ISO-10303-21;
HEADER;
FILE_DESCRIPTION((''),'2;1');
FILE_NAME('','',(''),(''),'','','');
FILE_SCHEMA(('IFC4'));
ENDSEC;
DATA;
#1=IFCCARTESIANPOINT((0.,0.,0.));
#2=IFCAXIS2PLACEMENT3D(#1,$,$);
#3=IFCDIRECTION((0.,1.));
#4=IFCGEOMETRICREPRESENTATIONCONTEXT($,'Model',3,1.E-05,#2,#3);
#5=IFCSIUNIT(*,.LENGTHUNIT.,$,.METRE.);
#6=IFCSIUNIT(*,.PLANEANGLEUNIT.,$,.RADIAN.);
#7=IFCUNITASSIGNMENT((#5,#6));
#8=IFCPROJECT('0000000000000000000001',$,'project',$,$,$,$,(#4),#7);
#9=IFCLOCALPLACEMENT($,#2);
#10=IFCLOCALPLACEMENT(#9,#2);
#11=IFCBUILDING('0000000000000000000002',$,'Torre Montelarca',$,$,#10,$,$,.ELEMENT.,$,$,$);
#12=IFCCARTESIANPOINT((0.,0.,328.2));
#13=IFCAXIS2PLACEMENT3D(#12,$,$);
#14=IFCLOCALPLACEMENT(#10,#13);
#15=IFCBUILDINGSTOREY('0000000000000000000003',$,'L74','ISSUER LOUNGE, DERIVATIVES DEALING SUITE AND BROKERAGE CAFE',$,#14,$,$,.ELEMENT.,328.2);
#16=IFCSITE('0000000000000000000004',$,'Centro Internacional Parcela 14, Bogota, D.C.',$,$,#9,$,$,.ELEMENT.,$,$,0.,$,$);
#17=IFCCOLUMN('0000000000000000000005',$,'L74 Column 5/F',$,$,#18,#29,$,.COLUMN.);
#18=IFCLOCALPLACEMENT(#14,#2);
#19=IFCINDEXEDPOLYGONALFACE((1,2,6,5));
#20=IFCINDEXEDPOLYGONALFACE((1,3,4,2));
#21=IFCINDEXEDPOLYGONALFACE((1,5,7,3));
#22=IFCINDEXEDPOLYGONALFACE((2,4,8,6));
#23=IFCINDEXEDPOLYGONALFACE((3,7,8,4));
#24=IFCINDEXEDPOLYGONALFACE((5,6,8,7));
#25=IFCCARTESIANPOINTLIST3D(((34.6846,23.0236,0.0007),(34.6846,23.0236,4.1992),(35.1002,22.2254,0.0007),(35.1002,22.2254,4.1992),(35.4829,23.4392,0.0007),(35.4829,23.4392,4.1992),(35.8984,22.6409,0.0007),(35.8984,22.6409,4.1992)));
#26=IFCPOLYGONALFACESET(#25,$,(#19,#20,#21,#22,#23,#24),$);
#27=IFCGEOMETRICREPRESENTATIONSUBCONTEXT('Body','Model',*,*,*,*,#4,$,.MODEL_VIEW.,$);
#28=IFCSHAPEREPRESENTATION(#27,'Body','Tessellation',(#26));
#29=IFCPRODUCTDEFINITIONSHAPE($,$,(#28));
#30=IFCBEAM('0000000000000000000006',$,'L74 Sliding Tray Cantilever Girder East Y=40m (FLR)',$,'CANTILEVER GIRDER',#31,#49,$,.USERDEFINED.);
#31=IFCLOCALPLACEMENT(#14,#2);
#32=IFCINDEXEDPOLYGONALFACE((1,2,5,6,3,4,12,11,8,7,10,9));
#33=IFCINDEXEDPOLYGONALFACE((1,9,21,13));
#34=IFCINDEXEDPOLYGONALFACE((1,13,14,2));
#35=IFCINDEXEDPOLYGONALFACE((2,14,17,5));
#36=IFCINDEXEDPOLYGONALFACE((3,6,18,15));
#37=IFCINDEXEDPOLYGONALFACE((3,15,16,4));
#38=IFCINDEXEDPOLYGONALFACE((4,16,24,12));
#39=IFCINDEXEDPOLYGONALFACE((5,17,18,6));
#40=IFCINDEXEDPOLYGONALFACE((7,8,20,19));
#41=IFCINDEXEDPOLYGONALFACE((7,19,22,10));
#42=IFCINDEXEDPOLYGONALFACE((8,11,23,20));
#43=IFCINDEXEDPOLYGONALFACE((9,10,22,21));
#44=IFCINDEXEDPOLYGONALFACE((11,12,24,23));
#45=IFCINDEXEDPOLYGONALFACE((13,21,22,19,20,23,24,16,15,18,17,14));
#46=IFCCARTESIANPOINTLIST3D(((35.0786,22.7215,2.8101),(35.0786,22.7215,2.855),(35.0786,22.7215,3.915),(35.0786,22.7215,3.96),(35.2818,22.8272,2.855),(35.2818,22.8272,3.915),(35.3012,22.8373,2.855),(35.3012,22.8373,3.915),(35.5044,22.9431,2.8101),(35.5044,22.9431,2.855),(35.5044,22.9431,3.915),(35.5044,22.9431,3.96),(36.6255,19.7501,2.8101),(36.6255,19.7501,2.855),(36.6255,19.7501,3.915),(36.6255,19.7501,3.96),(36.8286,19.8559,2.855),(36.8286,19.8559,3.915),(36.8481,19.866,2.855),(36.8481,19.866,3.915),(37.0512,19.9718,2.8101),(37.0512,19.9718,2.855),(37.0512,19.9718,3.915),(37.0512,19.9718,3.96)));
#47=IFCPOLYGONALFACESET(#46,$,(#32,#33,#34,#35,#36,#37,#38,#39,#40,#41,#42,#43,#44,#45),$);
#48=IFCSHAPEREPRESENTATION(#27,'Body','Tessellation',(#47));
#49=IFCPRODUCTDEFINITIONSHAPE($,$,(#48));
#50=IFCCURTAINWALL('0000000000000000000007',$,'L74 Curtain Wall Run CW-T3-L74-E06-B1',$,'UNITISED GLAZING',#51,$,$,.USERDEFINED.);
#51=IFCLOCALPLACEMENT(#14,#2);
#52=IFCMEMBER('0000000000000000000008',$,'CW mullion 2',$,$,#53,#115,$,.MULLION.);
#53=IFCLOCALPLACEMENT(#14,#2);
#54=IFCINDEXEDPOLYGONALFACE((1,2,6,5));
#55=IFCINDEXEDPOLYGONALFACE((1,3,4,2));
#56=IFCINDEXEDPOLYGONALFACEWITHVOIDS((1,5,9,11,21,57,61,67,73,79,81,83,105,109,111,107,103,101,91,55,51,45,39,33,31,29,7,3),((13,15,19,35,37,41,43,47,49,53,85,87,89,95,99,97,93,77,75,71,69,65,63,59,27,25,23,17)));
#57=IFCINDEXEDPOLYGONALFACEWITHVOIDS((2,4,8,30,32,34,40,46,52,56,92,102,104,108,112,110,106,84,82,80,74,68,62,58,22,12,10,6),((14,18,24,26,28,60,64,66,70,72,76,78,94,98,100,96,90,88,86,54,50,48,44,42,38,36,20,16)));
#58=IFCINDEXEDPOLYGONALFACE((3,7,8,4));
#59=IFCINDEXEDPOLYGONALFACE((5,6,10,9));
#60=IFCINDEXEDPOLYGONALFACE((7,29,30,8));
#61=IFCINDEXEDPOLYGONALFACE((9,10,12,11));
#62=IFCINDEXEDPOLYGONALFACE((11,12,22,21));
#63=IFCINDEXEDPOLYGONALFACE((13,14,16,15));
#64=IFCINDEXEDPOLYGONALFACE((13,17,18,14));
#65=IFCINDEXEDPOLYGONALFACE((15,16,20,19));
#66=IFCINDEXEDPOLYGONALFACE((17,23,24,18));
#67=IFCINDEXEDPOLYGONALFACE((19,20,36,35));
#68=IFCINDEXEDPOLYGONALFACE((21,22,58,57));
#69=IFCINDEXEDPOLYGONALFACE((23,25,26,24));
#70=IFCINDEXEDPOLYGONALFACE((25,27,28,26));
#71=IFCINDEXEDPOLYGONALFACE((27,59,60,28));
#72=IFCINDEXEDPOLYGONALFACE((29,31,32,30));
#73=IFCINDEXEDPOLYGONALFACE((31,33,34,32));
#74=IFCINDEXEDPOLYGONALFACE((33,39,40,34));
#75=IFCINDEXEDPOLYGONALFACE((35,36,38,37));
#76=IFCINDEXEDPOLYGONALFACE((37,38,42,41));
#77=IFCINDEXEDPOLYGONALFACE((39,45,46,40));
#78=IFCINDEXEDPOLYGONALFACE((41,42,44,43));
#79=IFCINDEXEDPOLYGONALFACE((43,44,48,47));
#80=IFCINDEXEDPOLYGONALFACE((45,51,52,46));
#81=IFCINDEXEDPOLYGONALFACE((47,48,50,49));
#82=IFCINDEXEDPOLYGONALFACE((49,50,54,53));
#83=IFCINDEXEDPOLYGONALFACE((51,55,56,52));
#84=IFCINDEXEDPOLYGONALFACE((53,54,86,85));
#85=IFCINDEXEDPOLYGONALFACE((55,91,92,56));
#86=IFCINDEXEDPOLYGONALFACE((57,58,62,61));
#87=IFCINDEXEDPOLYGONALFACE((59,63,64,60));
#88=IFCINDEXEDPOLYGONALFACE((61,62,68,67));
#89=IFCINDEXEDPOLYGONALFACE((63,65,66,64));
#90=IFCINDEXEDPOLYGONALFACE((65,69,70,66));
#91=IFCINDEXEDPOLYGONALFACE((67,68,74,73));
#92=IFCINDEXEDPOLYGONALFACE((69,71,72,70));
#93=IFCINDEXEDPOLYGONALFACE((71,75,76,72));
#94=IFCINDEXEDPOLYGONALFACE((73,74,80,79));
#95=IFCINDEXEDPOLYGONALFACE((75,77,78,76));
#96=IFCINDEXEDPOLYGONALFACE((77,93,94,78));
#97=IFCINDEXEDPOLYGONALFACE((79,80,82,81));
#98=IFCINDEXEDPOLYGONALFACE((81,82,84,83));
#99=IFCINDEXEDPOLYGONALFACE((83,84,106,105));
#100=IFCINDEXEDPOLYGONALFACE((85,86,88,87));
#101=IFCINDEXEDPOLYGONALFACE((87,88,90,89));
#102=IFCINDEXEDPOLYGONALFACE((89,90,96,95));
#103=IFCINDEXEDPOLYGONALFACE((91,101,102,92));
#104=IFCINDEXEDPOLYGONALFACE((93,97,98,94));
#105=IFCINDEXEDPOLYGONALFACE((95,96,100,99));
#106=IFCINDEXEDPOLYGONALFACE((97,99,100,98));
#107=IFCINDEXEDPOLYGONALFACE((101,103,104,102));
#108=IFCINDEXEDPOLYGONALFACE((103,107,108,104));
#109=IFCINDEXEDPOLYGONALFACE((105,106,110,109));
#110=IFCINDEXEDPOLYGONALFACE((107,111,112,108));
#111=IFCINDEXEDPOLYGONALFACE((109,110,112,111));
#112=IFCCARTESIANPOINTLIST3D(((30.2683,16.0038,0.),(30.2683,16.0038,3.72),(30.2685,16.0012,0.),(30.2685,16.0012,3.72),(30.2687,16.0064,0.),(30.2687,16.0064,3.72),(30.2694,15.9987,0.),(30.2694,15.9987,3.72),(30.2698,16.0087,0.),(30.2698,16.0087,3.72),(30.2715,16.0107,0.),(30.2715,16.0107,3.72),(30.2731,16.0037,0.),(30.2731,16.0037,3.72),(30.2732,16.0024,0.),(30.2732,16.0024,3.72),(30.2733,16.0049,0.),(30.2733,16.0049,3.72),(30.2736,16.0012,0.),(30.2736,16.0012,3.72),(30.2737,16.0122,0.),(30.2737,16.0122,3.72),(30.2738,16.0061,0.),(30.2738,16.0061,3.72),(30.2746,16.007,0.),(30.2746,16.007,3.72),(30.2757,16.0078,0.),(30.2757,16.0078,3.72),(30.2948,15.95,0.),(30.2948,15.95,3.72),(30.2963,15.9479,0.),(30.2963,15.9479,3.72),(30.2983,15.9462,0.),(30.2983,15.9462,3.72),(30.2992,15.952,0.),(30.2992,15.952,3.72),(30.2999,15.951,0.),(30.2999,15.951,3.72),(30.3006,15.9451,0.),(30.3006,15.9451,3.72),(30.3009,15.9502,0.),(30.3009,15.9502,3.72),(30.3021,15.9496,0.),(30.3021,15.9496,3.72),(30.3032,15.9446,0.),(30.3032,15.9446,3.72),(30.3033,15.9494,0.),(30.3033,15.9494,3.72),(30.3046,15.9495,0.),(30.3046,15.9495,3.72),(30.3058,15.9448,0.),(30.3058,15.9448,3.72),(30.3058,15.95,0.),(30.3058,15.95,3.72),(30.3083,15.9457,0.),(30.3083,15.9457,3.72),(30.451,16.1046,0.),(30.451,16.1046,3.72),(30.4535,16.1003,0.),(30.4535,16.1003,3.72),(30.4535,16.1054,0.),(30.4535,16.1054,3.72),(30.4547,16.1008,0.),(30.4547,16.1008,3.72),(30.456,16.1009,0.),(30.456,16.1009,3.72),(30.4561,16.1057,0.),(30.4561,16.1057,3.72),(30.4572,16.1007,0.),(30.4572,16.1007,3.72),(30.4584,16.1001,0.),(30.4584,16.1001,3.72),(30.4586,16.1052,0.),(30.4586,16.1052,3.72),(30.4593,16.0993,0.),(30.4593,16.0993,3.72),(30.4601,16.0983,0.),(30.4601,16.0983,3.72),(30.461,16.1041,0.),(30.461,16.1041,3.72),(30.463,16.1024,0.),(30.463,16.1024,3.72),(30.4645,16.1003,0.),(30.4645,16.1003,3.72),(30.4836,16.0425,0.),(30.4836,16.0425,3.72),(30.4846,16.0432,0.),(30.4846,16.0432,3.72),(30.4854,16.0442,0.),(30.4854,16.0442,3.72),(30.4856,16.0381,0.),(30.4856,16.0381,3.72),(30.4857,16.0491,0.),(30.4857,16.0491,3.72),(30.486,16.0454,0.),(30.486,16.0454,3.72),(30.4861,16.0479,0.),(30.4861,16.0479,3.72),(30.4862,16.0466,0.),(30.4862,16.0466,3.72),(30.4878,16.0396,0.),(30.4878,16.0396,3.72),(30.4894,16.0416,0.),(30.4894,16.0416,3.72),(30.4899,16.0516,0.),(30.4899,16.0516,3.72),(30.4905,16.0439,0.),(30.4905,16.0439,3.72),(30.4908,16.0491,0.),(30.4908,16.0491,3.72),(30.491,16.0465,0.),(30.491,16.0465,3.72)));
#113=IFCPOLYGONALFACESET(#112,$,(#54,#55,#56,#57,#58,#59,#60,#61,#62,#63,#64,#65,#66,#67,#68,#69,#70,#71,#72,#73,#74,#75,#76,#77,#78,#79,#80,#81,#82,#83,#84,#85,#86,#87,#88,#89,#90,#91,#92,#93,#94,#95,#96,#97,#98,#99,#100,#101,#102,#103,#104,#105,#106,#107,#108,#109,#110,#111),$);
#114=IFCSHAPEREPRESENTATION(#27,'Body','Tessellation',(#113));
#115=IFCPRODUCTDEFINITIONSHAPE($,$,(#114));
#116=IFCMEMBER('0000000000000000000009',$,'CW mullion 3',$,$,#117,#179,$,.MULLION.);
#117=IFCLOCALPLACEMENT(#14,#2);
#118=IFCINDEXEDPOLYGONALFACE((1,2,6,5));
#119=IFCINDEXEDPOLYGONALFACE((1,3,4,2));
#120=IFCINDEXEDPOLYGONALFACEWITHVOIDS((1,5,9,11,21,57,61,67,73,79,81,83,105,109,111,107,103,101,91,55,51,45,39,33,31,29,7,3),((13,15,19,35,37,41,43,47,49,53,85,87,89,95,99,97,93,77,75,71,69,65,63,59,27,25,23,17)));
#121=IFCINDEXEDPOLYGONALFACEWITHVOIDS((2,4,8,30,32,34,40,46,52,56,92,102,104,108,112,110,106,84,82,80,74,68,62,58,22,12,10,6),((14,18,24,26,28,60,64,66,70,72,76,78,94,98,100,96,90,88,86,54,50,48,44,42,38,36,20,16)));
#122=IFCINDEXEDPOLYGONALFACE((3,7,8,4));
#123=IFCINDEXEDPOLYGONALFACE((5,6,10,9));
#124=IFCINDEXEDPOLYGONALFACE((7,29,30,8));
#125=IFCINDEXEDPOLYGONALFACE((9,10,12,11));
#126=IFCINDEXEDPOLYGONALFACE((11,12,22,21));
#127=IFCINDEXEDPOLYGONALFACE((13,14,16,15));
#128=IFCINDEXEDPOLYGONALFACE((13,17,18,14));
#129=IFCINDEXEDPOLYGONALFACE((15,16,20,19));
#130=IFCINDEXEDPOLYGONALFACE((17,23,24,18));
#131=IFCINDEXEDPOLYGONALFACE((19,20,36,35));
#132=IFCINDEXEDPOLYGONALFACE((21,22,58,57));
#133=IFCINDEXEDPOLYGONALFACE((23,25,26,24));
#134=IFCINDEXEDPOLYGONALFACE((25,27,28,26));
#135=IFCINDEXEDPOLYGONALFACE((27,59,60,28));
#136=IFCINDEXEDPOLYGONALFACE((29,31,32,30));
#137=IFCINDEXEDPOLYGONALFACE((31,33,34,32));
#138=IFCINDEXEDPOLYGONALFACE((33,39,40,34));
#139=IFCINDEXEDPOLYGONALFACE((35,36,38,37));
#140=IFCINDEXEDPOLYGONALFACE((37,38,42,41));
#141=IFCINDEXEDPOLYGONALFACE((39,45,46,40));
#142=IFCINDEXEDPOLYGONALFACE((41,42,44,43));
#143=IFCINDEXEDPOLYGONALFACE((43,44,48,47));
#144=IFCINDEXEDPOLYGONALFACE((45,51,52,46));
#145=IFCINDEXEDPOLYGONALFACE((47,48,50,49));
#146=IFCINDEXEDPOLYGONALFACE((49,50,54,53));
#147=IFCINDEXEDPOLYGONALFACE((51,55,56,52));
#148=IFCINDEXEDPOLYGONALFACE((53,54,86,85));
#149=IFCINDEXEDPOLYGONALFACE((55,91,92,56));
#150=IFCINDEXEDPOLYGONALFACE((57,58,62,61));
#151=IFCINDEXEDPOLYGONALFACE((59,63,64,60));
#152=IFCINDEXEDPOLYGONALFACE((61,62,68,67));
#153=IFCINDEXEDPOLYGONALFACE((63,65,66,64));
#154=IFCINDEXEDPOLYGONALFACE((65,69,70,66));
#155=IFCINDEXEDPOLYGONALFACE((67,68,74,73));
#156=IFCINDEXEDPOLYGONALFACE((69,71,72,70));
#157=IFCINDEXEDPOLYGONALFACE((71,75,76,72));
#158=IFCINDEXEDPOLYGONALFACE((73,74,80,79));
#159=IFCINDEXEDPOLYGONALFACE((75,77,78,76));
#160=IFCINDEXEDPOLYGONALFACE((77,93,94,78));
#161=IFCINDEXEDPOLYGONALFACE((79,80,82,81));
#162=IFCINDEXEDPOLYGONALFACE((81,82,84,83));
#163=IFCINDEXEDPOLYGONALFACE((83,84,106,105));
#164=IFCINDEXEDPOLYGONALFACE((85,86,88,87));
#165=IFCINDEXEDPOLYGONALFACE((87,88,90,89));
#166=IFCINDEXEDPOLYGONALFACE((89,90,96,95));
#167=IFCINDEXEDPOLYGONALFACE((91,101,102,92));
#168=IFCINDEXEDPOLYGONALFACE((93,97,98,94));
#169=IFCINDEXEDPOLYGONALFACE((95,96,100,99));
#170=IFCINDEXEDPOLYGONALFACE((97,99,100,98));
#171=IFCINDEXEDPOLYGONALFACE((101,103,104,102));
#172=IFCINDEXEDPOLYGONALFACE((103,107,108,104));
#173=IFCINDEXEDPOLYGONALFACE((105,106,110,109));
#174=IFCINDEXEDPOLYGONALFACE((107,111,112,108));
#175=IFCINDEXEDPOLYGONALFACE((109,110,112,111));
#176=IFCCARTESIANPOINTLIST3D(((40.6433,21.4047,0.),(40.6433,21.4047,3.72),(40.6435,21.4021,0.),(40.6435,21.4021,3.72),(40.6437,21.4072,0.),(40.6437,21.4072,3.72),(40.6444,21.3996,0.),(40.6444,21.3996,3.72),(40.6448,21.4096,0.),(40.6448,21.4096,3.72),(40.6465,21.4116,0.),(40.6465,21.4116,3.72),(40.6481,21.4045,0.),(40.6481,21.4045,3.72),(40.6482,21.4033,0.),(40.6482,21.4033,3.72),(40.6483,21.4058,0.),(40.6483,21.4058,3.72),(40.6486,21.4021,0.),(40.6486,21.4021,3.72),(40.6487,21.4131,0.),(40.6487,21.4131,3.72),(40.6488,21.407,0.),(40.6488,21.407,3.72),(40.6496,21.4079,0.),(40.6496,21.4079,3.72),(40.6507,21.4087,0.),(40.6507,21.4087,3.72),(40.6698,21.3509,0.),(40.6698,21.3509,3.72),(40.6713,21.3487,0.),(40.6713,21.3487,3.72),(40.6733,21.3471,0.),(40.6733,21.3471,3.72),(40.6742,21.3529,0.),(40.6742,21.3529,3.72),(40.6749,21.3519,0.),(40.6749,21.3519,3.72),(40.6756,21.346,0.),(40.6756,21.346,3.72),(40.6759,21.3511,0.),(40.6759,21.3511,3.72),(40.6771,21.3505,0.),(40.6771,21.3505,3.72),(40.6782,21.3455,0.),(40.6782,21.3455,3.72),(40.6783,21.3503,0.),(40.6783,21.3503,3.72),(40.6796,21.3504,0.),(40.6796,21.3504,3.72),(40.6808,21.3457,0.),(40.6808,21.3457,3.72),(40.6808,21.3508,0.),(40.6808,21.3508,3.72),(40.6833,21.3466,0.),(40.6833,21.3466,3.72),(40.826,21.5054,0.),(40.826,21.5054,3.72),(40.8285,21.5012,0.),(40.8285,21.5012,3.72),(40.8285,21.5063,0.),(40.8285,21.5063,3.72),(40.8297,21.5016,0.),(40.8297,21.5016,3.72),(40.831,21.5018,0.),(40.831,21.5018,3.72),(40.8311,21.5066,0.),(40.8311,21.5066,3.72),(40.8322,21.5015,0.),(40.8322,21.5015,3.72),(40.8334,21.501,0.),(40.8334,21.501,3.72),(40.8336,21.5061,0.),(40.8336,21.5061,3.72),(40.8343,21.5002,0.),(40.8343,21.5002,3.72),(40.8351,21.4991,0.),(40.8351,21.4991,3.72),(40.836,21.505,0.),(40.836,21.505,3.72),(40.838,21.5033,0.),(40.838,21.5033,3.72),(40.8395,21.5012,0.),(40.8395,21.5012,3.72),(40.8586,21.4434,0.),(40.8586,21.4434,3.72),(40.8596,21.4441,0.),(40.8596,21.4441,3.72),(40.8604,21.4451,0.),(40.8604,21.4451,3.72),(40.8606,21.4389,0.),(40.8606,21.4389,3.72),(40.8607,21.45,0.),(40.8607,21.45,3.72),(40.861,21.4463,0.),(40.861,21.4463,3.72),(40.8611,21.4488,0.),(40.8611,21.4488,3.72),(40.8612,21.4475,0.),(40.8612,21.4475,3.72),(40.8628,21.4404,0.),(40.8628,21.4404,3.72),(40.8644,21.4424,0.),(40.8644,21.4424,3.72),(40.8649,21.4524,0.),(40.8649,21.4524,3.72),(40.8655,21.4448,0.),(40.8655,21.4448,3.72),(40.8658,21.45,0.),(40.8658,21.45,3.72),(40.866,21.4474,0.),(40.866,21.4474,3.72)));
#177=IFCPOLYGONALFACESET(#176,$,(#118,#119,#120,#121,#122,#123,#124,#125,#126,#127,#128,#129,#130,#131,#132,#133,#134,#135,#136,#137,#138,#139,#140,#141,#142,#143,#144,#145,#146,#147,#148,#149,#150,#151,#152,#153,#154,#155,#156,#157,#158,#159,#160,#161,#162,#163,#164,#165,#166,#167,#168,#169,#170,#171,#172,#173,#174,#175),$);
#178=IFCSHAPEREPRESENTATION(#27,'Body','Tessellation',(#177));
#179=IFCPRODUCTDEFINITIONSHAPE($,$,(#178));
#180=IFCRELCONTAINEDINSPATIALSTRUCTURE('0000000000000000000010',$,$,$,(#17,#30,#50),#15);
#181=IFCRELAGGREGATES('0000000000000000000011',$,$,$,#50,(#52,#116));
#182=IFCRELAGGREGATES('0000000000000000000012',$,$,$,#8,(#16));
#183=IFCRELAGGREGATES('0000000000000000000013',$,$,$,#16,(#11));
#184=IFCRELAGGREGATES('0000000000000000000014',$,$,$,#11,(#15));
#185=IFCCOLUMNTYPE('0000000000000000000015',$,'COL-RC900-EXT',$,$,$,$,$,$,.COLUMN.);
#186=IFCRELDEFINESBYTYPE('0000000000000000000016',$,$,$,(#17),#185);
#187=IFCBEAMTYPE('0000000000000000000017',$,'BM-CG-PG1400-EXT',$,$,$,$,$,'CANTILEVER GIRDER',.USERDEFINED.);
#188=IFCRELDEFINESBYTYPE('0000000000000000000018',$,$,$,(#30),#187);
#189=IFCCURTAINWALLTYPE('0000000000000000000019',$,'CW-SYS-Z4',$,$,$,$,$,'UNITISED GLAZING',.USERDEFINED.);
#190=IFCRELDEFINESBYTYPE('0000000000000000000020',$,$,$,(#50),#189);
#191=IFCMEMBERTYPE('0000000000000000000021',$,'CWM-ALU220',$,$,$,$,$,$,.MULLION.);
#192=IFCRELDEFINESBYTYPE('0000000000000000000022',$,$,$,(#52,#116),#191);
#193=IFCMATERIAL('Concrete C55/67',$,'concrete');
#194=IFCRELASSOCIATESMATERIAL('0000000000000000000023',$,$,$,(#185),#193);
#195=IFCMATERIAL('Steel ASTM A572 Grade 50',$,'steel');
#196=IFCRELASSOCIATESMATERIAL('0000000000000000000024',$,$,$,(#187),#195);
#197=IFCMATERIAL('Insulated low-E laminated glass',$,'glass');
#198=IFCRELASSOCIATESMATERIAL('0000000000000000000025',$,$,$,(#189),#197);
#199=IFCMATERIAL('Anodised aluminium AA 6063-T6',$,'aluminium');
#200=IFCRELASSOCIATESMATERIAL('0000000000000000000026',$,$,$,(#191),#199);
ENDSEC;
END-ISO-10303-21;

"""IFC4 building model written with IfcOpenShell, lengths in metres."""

from ifc_helpers import new_model, si_unit, direction, frame, origin, origin_2d, place, context, subcontext, project, spatial, rectangle, hollow_rectangle, i_section, extrude, source, transform, mapped, material, material_profile, profile_set, type_object, element, aggregate, save


model = new_model("IFC4")

# Units and contexts
model_context = context("Model", 3, precision=1e-05, world=origin(), true_north=direction((0.0, 1.0)))
body_context = subcontext(model_context, "Body", "Model", "MODEL_VIEW")
ifc_project = project(units=[si_unit("LENGTHUNIT", "METRE"), si_unit("PLANEANGLEUNIT", "RADIAN")], contexts=[model_context])

# Site, building, storey
site_placement = place(None, origin())
site = spatial("IfcSite", under=ifc_project, at=site_placement, Name="Centro Internacional Parcela 14, Bogota, D.C.", CompositionType="ELEMENT", RefElevation=0.0)
building_placement = place(site_placement, origin())
building = spatial("IfcBuilding", under=site, at=building_placement, Name="Torre Montelarca", CompositionType="ELEMENT")
storey_placement = place(building_placement, frame((0.0, 0.0, 328.2)))
storey = spatial("IfcBuildingStorey", under=building, at=storey_placement, Name="L74", Description="ISSUER LOUNGE, DERIVATIVES DEALING SUITE AND BROKERAGE CAFE", CompositionType="ELEMENT", Elevation=328.2)

# Column
ifc_material_1 = material(Name="Concrete C55/67", Category="concrete")
ifc_material_profile_1 = material_profile(ifc_material_1, rectangle(XDim=0.8999, YDim=0.8999, at=origin_2d()), Name="RC900X900", Category="concrete")
ifc_profile_set_1 = profile_set([ifc_material_profile_1], Name="Concrete C55/67")
column_type = type_object("IfcColumnType", Name="COL-RC900-EXT", PredefinedType="COLUMN", material=ifc_profile_set_1)
shared_shape_1 = source(origin(), body_context, "Body", "SweptSolid", [
    extrude(rectangle(XDim=0.8999, YDim=0.8999, at=origin_2d()), origin(), (0.0, 0.0, 1.0), 4.1985),
])
column_placement = place(storey_placement, frame((35.2915, 22.8323, 0.0007), z_axis=(0.0, 0.0, 1.0), x_axis=(-0.461749, 0.887011, 0.0)))
element("IfcColumn", 1, at=column_placement, inside=storey, type_object=column_type, Name="L74 Column 5/F", PredefinedType="COLUMN", context=body_context, shape_type="MappedRepresentation", body=[
    mapped(shared_shape_1, transform((0.0, 0.0, 0.0), scale=1.0)),
])

# Beam
ifc_material_2 = material(Name="Steel ASTM A572 Grade 50", Category="steel")
ifc_material_profile_2 = material_profile(ifc_material_2, i_section(OverallWidth=0.48, OverallDepth=1.1499, WebThickness=0.022, FlangeThickness=0.0449, at=origin_2d()), Name="PG1150X480X22X45", Category="steel")
ifc_profile_set_2 = profile_set([ifc_material_profile_2], Name="Steel ASTM A572 Grade 50")
beam_type = type_object("IfcBeamType", Name="BM-CG-PG1400-EXT", ElementType="CANTILEVER GIRDER", PredefinedType="USERDEFINED", material=ifc_profile_set_2)
shared_shape_2 = source(origin(), body_context, "Body", "SweptSolid", [
    extrude(i_section(OverallWidth=0.48, OverallDepth=1.1499, WebThickness=0.022, FlangeThickness=0.0449, at=origin_2d()), origin(), (0.0, 0.0, 1.0), 3.3499),
])
beam_placement = place(storey_placement, frame((35.2915, 22.8323, 3.385), z_axis=(0.461759, -0.887006, 0.0), x_axis=(0.887006, 0.461759, 0.0)))
element("IfcBeam", 2, at=beam_placement, inside=storey, type_object=beam_type, Name="L74 Sliding Tray Cantilever Girder East Y=40m (FLR)", ObjectType="CANTILEVER GIRDER", PredefinedType="USERDEFINED", context=body_context, shape_type="MappedRepresentation", body=[
    mapped(shared_shape_2, transform((0.0, 0.0, 0.0), scale=1.0)),
])

# Curtain wall, members
ifc_material_3 = material(Name="Insulated low-E laminated glass", Category="glass")
curtain_wall_type = type_object("IfcCurtainWallType", Name="CW-SYS-Z4", ElementType="UNITISED GLAZING", PredefinedType="USERDEFINED", material=ifc_material_3)
curtain_wall_1_placement = place(storey_placement, origin())
curtain_wall_1 = element("IfcCurtainWall", 3, at=curtain_wall_1_placement, inside=storey, type_object=curtain_wall_type, Name="L74 Curtain Wall Run CW-T3-L74-E06-B1", ObjectType="UNITISED GLAZING", PredefinedType="USERDEFINED")
ifc_material_4 = material(Name="Anodised aluminium AA 6063-T6", Category="aluminium")
ifc_material_profile_3 = material_profile(ifc_material_4, hollow_rectangle(XDim=0.075, YDim=0.22, WallThickness=0.0049, InnerFilletRadius=0.0049, OuterFilletRadius=0.01, at=origin_2d()), Name="ALU75X220X5", Category="aluminium")
ifc_profile_set_3 = profile_set([ifc_material_profile_3], Name="Anodised aluminium AA 6063-T6")
member_type_1 = type_object("IfcMemberType", Name="CWM-ALU220", PredefinedType="MULLION", material=ifc_profile_set_3)
shared_shape_3 = source(origin(), body_context, "Body", "SweptSolid", [
    extrude(hollow_rectangle(XDim=0.075, YDim=0.22, WallThickness=0.0049, InnerFilletRadius=0.0049, OuterFilletRadius=0.01, at=origin_2d()), origin(), (0.0, 0.0, 1.0), 3.72),
])
member_1_placement = place(storey_placement, frame((30.3796, 16.0251, 0.0), z_axis=(0.0, 0.0, 1.0), x_axis=(-0.461746, 0.887012, 0.0)))
member_1 = element("IfcMember", 4, at=member_1_placement, type_object=member_type_1, Name="CW mullion 2", PredefinedType="MULLION", context=body_context, shape_type="MappedRepresentation", body=[
    mapped(shared_shape_3, transform((0.0, 0.0, 0.0), scale=1.0)),
])
member_2_placement = place(storey_placement, frame((40.7546, 21.426, 0.0), z_axis=(0.0, 0.0, 1.0), x_axis=(-0.461746, 0.887012, 0.0)))
member_2 = element("IfcMember", 5, at=member_2_placement, type_object=member_type_1, Name="CW mullion 3", PredefinedType="MULLION", context=body_context, shape_type="MappedRepresentation", body=[
    mapped(shared_shape_3, transform((0.0, 0.0, 0.0), scale=1.0)),
])

aggregate(curtain_wall_1, [member_1, member_2])

save(model, "model.ifc")
